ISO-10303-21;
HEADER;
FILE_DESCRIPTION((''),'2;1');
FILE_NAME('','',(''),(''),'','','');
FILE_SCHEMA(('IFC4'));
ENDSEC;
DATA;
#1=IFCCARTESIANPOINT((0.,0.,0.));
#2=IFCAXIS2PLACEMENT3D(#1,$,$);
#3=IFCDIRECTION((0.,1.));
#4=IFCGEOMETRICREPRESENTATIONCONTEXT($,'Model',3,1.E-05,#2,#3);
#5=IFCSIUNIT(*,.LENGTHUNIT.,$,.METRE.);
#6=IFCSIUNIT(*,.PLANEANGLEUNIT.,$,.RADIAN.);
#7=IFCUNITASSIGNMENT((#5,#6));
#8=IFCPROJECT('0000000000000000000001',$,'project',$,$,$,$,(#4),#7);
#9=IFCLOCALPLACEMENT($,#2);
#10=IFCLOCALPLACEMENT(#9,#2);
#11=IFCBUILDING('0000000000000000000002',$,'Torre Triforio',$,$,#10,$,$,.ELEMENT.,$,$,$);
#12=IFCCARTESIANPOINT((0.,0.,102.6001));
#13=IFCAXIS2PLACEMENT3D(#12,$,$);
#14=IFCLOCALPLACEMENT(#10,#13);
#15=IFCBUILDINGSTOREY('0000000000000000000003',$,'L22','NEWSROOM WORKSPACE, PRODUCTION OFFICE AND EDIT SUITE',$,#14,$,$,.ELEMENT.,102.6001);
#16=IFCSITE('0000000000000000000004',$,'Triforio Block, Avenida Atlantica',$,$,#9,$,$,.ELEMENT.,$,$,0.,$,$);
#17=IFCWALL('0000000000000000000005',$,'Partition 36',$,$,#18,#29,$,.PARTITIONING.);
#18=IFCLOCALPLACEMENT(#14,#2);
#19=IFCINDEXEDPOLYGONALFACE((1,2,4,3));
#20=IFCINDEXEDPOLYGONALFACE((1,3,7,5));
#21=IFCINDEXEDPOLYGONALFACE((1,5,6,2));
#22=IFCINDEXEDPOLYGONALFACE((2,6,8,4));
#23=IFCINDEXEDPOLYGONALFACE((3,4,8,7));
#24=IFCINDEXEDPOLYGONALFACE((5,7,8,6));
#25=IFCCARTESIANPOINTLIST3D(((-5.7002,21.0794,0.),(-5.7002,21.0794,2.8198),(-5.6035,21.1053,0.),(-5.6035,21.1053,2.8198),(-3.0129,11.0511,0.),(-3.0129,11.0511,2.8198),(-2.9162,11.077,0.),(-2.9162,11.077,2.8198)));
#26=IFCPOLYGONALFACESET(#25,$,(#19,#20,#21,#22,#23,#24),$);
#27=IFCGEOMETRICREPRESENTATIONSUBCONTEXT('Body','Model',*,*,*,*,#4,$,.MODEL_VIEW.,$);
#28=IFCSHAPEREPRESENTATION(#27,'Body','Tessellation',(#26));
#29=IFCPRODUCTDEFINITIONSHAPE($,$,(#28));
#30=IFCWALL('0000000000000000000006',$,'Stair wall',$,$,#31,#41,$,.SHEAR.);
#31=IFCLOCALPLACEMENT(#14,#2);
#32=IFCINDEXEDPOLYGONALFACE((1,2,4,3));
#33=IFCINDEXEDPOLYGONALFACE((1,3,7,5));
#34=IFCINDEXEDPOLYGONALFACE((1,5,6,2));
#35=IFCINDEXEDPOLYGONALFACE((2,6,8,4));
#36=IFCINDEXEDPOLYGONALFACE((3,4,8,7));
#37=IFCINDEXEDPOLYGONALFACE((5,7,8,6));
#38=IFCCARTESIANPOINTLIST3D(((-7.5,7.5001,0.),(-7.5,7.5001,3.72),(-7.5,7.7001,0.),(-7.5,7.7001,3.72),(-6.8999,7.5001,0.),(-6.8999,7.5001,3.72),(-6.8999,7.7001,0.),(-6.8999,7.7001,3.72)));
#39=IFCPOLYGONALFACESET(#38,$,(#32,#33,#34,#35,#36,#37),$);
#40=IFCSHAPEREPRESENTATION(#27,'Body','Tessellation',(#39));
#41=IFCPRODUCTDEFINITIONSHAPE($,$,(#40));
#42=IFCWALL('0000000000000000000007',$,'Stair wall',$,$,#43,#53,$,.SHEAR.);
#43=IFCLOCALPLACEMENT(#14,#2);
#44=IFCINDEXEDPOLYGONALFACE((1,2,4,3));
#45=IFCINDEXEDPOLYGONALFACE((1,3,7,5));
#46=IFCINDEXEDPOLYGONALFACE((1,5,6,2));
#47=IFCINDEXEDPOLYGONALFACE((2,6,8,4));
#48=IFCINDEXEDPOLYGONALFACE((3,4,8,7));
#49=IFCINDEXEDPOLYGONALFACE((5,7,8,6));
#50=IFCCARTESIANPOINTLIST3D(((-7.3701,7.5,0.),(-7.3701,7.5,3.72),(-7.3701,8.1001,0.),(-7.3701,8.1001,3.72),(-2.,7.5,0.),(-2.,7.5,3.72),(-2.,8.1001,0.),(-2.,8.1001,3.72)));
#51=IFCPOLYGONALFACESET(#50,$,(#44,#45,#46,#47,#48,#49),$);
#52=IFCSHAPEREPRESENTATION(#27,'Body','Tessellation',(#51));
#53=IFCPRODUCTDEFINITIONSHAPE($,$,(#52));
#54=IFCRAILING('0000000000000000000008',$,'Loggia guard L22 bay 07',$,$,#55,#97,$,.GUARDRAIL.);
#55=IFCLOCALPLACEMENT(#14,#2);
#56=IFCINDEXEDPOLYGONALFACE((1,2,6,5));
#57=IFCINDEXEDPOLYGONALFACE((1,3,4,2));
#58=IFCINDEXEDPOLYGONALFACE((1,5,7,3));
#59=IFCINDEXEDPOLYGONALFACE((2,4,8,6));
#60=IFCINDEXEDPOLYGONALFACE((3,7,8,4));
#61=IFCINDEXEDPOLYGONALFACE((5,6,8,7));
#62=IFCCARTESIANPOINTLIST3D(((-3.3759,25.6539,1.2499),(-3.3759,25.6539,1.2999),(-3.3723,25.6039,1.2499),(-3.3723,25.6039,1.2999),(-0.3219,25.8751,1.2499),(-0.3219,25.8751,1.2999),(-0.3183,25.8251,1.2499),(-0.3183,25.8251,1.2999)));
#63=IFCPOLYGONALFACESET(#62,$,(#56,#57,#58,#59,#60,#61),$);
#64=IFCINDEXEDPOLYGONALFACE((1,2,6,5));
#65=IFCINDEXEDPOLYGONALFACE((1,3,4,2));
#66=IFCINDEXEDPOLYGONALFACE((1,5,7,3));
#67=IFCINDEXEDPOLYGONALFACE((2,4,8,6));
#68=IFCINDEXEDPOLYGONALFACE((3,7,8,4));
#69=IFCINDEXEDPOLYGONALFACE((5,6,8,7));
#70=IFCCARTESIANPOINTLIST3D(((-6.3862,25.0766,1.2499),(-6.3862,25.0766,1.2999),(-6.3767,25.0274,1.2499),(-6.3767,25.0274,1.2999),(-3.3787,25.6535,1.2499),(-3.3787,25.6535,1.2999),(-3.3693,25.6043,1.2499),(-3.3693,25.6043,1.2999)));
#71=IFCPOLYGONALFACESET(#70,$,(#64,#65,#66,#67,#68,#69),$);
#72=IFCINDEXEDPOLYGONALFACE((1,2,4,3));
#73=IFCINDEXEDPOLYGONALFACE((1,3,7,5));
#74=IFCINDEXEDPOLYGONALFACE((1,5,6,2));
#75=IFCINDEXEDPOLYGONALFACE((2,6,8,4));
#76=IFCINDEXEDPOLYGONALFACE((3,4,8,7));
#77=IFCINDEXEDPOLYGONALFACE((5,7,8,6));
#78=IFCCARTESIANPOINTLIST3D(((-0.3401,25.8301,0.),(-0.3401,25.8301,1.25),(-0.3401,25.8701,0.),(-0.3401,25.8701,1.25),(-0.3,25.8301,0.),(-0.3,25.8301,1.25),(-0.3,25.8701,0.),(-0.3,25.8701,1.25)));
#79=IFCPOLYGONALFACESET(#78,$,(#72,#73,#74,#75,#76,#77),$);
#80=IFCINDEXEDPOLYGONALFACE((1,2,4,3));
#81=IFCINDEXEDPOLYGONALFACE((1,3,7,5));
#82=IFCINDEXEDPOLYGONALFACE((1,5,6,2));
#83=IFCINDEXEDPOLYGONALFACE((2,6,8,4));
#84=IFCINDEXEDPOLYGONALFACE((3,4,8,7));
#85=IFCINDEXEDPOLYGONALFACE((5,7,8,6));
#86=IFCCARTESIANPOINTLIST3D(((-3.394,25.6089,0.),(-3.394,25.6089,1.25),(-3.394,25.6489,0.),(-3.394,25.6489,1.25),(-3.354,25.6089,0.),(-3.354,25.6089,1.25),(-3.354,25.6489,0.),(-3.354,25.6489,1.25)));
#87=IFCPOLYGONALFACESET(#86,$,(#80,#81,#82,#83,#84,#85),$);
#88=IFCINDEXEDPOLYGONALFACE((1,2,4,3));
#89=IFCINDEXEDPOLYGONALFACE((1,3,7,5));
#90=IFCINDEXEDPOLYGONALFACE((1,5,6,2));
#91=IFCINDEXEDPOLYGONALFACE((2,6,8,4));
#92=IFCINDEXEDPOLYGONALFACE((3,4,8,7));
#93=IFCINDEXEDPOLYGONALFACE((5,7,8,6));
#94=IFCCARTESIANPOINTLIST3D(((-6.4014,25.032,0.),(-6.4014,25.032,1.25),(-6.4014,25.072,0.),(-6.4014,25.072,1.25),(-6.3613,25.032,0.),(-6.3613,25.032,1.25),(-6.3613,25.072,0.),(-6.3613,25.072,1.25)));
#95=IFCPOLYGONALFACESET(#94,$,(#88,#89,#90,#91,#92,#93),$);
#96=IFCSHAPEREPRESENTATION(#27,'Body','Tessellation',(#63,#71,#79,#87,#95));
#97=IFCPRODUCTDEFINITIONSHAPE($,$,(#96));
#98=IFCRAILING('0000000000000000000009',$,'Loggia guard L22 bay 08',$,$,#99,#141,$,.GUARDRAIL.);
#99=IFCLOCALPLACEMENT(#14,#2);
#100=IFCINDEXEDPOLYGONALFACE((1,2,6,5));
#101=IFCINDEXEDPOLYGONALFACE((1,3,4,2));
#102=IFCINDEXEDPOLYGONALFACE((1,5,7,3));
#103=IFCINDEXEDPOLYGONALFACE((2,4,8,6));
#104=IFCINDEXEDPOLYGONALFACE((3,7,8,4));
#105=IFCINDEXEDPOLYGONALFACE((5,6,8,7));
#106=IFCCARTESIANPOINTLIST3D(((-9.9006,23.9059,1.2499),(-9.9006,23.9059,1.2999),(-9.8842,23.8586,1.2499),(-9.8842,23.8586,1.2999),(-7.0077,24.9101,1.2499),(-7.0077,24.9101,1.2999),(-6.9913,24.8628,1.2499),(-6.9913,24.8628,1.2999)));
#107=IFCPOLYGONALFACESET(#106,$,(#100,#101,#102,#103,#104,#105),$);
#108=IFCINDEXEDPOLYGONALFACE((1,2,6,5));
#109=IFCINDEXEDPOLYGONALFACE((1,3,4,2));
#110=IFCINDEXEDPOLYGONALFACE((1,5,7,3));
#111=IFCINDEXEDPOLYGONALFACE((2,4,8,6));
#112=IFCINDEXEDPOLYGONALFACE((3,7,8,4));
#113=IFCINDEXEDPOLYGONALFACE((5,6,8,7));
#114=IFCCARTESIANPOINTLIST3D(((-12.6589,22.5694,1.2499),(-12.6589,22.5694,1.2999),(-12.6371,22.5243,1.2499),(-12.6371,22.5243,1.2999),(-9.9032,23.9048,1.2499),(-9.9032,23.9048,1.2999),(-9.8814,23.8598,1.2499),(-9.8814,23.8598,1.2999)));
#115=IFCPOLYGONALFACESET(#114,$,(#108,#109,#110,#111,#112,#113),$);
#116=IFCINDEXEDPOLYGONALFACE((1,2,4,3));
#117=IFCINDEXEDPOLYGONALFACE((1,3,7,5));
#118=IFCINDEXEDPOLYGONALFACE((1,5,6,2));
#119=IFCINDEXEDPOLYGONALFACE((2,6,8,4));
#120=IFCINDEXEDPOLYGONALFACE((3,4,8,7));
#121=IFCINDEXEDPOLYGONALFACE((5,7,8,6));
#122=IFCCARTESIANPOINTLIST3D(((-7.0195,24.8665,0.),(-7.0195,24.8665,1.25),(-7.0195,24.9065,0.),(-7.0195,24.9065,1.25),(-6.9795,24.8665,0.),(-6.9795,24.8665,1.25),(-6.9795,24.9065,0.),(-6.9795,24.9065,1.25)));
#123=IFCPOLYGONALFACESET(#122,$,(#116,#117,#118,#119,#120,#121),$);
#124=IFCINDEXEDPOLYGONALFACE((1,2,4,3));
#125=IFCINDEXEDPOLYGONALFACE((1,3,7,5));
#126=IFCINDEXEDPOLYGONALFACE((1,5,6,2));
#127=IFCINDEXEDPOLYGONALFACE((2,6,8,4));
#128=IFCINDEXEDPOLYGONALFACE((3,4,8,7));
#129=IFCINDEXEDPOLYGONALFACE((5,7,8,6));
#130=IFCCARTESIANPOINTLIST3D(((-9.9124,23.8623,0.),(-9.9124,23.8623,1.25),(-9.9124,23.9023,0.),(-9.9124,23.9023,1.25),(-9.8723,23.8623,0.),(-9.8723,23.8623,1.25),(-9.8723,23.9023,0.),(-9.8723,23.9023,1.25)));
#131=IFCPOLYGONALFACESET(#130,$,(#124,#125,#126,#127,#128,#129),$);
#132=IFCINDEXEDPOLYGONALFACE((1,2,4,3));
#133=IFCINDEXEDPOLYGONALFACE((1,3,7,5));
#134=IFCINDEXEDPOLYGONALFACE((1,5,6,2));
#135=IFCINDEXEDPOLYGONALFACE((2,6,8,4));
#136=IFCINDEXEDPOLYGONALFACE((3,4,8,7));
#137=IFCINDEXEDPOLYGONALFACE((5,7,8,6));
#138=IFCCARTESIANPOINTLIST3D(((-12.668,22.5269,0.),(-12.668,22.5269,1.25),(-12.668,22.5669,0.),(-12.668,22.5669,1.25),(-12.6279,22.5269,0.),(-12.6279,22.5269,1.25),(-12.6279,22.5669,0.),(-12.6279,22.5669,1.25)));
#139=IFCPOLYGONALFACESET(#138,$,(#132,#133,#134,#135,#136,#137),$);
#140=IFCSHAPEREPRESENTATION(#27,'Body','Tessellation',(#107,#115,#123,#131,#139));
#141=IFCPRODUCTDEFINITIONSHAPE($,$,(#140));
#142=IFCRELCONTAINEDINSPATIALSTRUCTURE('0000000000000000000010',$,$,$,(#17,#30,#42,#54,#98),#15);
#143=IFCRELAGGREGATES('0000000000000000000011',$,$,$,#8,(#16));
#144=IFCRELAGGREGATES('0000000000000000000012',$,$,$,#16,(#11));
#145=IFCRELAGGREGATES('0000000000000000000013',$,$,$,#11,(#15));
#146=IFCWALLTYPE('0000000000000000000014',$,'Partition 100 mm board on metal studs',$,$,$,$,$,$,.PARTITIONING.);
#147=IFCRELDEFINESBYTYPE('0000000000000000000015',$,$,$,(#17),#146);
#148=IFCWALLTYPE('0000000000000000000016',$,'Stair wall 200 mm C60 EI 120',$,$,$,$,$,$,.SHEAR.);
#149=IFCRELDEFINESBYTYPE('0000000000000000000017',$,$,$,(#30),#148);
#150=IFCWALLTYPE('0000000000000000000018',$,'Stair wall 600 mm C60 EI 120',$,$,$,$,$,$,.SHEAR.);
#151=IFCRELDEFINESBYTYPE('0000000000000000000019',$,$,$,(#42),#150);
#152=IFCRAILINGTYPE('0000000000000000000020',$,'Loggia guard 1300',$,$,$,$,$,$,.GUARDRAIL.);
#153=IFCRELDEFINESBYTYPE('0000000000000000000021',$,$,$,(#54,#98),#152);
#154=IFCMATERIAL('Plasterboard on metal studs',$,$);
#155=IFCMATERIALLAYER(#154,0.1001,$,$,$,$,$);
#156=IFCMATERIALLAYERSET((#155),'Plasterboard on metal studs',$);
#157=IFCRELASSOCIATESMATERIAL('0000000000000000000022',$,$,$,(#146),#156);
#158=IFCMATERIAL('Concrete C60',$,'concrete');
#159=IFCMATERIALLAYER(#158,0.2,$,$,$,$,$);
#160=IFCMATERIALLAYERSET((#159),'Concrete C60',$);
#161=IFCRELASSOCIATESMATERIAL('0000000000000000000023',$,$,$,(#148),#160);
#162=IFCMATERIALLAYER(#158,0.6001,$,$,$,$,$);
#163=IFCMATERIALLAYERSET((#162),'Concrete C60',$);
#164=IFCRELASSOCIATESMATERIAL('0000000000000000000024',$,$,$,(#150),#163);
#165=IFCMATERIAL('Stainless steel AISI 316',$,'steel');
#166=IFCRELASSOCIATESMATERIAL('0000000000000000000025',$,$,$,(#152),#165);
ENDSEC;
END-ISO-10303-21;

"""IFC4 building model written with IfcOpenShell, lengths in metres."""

from ifc_helpers import new_model, si_unit, direction, frame, frame_2d, origin, origin_2d, place, context, subcontext, project, spatial, rectangle, extrude, material, layer, layer_set, type_object, element, save


model = new_model("IFC4")

# Units and contexts
model_context = context("Model", 3, precision=1e-05, world=origin(), true_north=direction((0.0, 1.0)))
body_context = subcontext(model_context, "Body", "Model", "MODEL_VIEW")
ifc_project = project(units=[si_unit("LENGTHUNIT", "METRE"), si_unit("PLANEANGLEUNIT", "RADIAN")], contexts=[model_context])

# Site, building, storey
site_placement = place(None, origin())
site = spatial("IfcSite", under=ifc_project, at=site_placement, Name="Triforio Block, Avenida Atlantica", CompositionType="ELEMENT", RefElevation=0.0)
building_placement = place(site_placement, origin())
building = spatial("IfcBuilding", under=site, at=building_placement, Name="Torre Triforio", CompositionType="ELEMENT")
storey_placement = place(building_placement, frame((0.0, 0.0, 102.6001)))
storey = spatial("IfcBuildingStorey", under=building, at=storey_placement, Name="L22", Description="NEWSROOM WORKSPACE, PRODUCTION OFFICE AND EDIT SUITE", CompositionType="ELEMENT", Elevation=102.6001)

# Shared definitions
ifc_material_1 = material(Name="Concrete C60", Category="concrete")

# Walls
ifc_material_2 = material(Name="Plasterboard on metal studs")
ifc_layer_1 = layer(ifc_material_2, 0.1001)
ifc_layer_set_1 = layer_set([ifc_layer_1], Name="Plasterboard on metal studs")
wall_type_1 = type_object("IfcWallType", Name="Partition 100 mm board on metal studs", PredefinedType="PARTITIONING", material=ifc_layer_set_1)
wall_1_placement = place(storey_placement, frame((-2.9646, 11.0642, 0.0), z_axis=(0.0, 0.0, 1.0), x_axis=(-0.258835, 0.965922, 0.0)))
element("IfcWall", 1, at=wall_1_placement, inside=storey, type_object=wall_type_1, Name="Partition 36", PredefinedType="PARTITIONING", context=body_context, shape_type="SweptSolid", body=[
    extrude(rectangle(XDim=10.3821, YDim=0.1001, at=frame_2d((5.1909, 0.0))), origin(), (0.0, 0.0, 1.0), 2.8198),
])
ifc_layer_2 = layer(ifc_material_1, 0.2)
ifc_layer_set_2 = layer_set([ifc_layer_2], Name="Concrete C60")
wall_type_2 = type_object("IfcWallType", Name="Stair wall 200 mm C60 EI 120", PredefinedType="SHEAR", material=ifc_layer_set_2)
wall_2_placement = place(storey_placement, frame((-7.5, 7.6001, 0.0), z_axis=(0.0, 0.0, 1.0), x_axis=(1.0, 0.0, 0.0)))
element("IfcWall", 2, at=wall_2_placement, inside=storey, type_object=wall_type_2, Name="Stair wall", PredefinedType="SHEAR", context=body_context, shape_type="SweptSolid", body=[
    extrude(rectangle(XDim=0.6001, YDim=0.2, at=frame_2d((0.3, 0.0))), origin(), (0.0, 0.0, 1.0), 3.72),
])
ifc_layer_3 = layer(ifc_material_1, 0.6001)
ifc_layer_set_3 = layer_set([ifc_layer_3], Name="Concrete C60")
wall_type_3 = type_object("IfcWallType", Name="Stair wall 600 mm C60 EI 120", PredefinedType="SHEAR", material=ifc_layer_set_3)
wall_3_placement = place(storey_placement, frame((-7.3701, 7.8, 0.0), z_axis=(0.0, 0.0, 1.0), x_axis=(1.0, 0.0, 0.0)))
element("IfcWall", 3, at=wall_3_placement, inside=storey, type_object=wall_type_3, Name="Stair wall", PredefinedType="SHEAR", context=body_context, shape_type="SweptSolid", body=[
    extrude(rectangle(XDim=5.3701, YDim=0.6001, at=frame_2d((2.6851, 0.0))), origin(), (0.0, 0.0, 1.0), 3.72),
])

# Railings
ifc_material_3 = material(Name="Stainless steel AISI 316", Category="steel")
railing_type = type_object("IfcRailingType", Name="Loggia guard 1300", PredefinedType="GUARDRAIL", material=ifc_material_3)
railing_1_placement = place(storey_placement, frame((-0.3201, 25.8501, 0.0)))
element("IfcRailing", 4, at=railing_1_placement, inside=storey, type_object=railing_type, Name="Loggia guard L22 bay 07", PredefinedType="GUARDRAIL", context=body_context, shape_type="SweptSolid", body=[
    extrude(rectangle(XDim=0.05, YDim=0.05, at=origin_2d()), frame((0.0, 0.0, 1.2749), z_axis=(-0.997387, -0.072239, 0.0), x_axis=(0.072239, -0.997387, 0.0)), (0.0, 0.0, 1.0), 3.062),
    extrude(rectangle(XDim=0.05, YDim=0.05, at=origin_2d()), frame((-3.054, -0.2212, 1.2749), z_axis=(-0.982093, -0.188398, 0.0), x_axis=(0.188398, -0.982093, 0.0)), (0.0, 0.0, 1.0), 3.0623),
    extrude(rectangle(XDim=0.04, YDim=0.04, at=origin_2d()), origin(), (0.0, 0.0, 1.0), 1.25),
    extrude(rectangle(XDim=0.04, YDim=0.04, at=origin_2d()), frame((-3.054, -0.2212, 0.0)), (0.0, 0.0, 1.0), 1.25),
    extrude(rectangle(XDim=0.04, YDim=0.04, at=origin_2d()), frame((-6.0613, -0.7981, 0.0)), (0.0, 0.0, 1.0), 1.25),
])
railing_2_placement = place(storey_placement, frame((-6.9995, 24.8865, 0.0)))
element("IfcRailing", 5, at=railing_2_placement, inside=storey, type_object=railing_type, Name="Loggia guard L22 bay 08", PredefinedType="GUARDRAIL", context=body_context, shape_type="SweptSolid", body=[
    extrude(rectangle(XDim=0.05, YDim=0.05, at=origin_2d()), frame((0.0, 0.0, 1.2749), z_axis=(-0.944704, -0.327924, 0.0), x_axis=(0.327924, -0.944704, 0.0)), (0.0, 0.0, 1.0), 3.0623),
    extrude(rectangle(XDim=0.05, YDim=0.05, at=origin_2d()), frame((-2.8928, -1.0042, 1.2749), z_axis=(-0.899892, -0.436113, 0.0), x_axis=(0.436113, -0.899892, 0.0)), (0.0, 0.0, 1.0), 3.0623),
    extrude(rectangle(XDim=0.04, YDim=0.04, at=origin_2d()), origin(), (0.0, 0.0, 1.0), 1.25),
    extrude(rectangle(XDim=0.04, YDim=0.04, at=origin_2d()), frame((-2.8928, -1.0042, 0.0)), (0.0, 0.0, 1.0), 1.25),
    extrude(rectangle(XDim=0.04, YDim=0.04, at=origin_2d()), frame((-5.6484, -2.3396, 0.0)), (0.0, 0.0, 1.0), 1.25),
])

save(model, "model.ifc")
